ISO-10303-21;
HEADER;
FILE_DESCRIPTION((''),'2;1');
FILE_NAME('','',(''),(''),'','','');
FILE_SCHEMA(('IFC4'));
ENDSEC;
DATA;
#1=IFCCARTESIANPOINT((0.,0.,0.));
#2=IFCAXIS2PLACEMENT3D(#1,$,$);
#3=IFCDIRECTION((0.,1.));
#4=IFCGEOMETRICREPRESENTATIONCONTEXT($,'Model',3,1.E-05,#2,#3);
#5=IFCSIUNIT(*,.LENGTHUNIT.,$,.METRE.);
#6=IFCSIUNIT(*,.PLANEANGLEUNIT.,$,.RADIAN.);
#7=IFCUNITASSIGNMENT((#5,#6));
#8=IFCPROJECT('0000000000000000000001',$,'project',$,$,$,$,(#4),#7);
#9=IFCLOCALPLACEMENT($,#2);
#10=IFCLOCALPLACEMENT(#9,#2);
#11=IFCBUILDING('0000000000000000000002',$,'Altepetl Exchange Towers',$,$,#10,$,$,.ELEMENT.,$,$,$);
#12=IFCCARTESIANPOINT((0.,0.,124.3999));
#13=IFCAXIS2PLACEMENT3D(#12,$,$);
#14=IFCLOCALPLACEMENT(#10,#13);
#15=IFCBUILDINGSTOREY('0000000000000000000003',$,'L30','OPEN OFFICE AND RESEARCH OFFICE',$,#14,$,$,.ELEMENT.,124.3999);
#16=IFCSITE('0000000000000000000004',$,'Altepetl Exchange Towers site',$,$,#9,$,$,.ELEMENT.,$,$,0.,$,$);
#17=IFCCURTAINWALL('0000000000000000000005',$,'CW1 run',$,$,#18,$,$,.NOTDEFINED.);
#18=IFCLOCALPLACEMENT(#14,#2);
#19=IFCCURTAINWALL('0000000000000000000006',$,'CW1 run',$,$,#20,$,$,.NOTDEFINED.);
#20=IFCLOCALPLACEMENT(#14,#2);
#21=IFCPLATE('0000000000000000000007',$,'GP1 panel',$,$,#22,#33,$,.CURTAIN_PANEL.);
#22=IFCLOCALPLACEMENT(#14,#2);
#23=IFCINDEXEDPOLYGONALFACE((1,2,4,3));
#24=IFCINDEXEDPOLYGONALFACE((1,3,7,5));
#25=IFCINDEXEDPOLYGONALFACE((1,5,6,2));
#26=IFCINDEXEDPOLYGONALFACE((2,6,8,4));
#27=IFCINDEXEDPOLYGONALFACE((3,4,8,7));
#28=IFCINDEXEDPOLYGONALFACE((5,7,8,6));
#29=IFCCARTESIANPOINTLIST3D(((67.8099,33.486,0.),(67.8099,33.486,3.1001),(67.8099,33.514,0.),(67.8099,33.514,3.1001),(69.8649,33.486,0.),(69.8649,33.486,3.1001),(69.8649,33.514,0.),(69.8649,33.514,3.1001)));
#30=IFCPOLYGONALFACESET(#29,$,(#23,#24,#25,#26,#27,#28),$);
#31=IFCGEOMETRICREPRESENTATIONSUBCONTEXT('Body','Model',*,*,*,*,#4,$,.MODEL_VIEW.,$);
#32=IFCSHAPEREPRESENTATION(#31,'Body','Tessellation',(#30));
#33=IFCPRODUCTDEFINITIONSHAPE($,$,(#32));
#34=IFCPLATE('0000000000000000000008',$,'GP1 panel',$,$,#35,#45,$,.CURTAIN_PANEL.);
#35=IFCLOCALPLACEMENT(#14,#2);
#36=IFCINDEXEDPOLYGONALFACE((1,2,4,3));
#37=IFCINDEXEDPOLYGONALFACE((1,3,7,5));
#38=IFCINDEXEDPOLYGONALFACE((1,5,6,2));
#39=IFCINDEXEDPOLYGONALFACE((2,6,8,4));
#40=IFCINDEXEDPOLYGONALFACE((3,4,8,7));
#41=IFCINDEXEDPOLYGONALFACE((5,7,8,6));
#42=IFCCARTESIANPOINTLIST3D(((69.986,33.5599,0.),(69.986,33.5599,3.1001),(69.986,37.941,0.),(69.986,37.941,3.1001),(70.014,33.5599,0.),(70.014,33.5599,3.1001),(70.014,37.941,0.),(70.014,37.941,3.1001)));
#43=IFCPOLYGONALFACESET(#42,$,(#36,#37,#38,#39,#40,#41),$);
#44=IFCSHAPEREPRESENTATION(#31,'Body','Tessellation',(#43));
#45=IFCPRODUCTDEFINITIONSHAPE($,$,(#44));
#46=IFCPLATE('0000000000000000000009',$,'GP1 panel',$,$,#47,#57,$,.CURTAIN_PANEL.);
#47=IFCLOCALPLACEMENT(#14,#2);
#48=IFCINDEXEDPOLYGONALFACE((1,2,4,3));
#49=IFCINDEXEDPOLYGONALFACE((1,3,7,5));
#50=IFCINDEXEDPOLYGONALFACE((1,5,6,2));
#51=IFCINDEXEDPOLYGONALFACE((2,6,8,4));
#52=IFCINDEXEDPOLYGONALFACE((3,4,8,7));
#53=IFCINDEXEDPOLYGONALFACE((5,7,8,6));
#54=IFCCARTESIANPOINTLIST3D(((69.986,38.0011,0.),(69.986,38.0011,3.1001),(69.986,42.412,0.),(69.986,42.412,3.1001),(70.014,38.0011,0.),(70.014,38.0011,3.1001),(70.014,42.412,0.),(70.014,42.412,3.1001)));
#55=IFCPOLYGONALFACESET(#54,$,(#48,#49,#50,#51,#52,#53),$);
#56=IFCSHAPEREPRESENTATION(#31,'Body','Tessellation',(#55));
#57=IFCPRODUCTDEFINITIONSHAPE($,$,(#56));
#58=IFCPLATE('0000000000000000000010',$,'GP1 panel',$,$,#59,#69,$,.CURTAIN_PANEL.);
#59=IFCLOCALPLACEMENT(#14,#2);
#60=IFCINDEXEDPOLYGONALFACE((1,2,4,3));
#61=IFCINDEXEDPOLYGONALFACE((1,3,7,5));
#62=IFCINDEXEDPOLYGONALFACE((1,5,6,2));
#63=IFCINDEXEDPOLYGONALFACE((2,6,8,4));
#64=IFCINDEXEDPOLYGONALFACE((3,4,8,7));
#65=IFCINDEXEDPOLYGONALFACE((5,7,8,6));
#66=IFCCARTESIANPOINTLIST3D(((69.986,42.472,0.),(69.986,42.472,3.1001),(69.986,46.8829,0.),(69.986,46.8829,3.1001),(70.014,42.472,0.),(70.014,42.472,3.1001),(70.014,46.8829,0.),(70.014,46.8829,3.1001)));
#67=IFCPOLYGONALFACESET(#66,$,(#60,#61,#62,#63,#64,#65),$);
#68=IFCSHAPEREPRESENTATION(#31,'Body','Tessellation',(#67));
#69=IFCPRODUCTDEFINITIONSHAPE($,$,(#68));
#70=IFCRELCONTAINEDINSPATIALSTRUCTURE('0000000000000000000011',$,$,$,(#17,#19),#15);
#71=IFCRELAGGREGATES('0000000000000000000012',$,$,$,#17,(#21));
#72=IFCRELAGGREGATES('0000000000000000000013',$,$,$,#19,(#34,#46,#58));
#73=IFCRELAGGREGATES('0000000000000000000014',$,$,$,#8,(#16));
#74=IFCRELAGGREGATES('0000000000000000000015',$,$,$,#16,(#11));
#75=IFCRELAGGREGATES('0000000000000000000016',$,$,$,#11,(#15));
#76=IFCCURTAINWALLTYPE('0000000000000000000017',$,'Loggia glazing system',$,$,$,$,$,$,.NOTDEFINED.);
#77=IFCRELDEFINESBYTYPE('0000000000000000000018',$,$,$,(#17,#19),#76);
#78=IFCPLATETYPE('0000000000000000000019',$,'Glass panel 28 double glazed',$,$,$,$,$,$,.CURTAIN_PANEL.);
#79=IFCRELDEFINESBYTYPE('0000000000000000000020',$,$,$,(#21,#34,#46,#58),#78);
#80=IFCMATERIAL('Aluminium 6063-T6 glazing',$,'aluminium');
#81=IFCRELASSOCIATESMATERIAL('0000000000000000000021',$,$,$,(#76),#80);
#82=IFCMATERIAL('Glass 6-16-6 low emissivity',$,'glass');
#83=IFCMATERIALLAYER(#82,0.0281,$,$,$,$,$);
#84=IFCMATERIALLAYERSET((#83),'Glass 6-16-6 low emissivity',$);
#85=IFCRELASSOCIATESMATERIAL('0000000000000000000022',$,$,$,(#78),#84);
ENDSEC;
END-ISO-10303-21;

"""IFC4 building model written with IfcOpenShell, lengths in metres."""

from ifc_helpers import new_model, si_unit, direction, frame, origin, origin_2d, place, context, subcontext, project, spatial, rectangle, extrude, material, layer, layer_set, type_object, element, aggregate, save


model = new_model("IFC4")

# Units and contexts
model_context = context("Model", 3, precision=1e-05, world=origin(), true_north=direction((0.0, 1.0)))
body_context = subcontext(model_context, "Body", "Model", "MODEL_VIEW")
ifc_project = project(units=[si_unit("LENGTHUNIT", "METRE"), si_unit("PLANEANGLEUNIT", "RADIAN")], contexts=[model_context])

# Site, building, storey
site_placement = place(None, origin())
site = spatial("IfcSite", under=ifc_project, at=site_placement, Name="Altepetl Exchange Towers site", CompositionType="ELEMENT", RefElevation=0.0)
building_placement = place(site_placement, origin())
building = spatial("IfcBuilding", under=site, at=building_placement, Name="Altepetl Exchange Towers", CompositionType="ELEMENT")
storey_placement = place(building_placement, frame((0.0, 0.0, 124.3999)))
storey = spatial("IfcBuildingStorey", under=building, at=storey_placement, Name="L30", Description="OPEN OFFICE AND RESEARCH OFFICE", CompositionType="ELEMENT", Elevation=124.3999)

# Curtain walls
ifc_material_1 = material(Name="Aluminium 6063-T6 glazing", Category="aluminium")
curtain_wall_type = type_object("IfcCurtainWallType", Name="Loggia glazing system", PredefinedType="NOTDEFINED", material=ifc_material_1)
curtain_wall_1_placement = place(storey_placement, origin())
curtain_wall_1 = element("IfcCurtainWall", 1, at=curtain_wall_1_placement, inside=storey, type_object=curtain_wall_type, Name="CW1 run", PredefinedType="NOTDEFINED")
curtain_wall_2_placement = place(storey_placement, origin())
curtain_wall_2 = element("IfcCurtainWall", 2, at=curtain_wall_2_placement, inside=storey, type_object=curtain_wall_type, Name="CW1 run", PredefinedType="NOTDEFINED")

# Plates
ifc_material_2 = material(Name="Glass 6-16-6 low emissivity", Category="glass")
ifc_layer = layer(ifc_material_2, 0.0281)
ifc_layer_set = layer_set([ifc_layer], Name="Glass 6-16-6 low emissivity")
plate_type = type_object("IfcPlateType", Name="Glass panel 28 double glazed", PredefinedType="CURTAIN_PANEL", material=ifc_layer_set)
plate_1_placement = place(storey_placement, frame((68.8374, 33.5, 0.0)))
plate_1 = element("IfcPlate", 3, at=plate_1_placement, type_object=plate_type, Name="GP1 panel", PredefinedType="CURTAIN_PANEL", context=body_context, shape_type="SweptSolid", body=[
    extrude(rectangle(XDim=2.0549, YDim=0.0281, at=origin_2d()), origin(), (0.0, 0.0, 1.0), 3.1001),
])
aggregate(curtain_wall_1, [plate_1])
plate_2_placement = place(storey_placement, frame((70.0, 35.7505, 0.0), z_axis=(0.0, 0.0, 1.0), x_axis=(0.0, 1.0, 0.0)))
plate_2 = element("IfcPlate", 4, at=plate_2_placement, type_object=plate_type, Name="GP1 panel", PredefinedType="CURTAIN_PANEL", context=body_context, shape_type="SweptSolid", body=[
    extrude(rectangle(XDim=4.3811, YDim=0.0281, at=origin_2d()), origin(), (0.0, 0.0, 1.0), 3.1001),
])
plate_3_placement = place(storey_placement, frame((70.0, 40.2065, 0.0), z_axis=(0.0, 0.0, 1.0), x_axis=(0.0, 1.0, 0.0)))
plate_3 = element("IfcPlate", 5, at=plate_3_placement, type_object=plate_type, Name="GP1 panel", PredefinedType="CURTAIN_PANEL", context=body_context, shape_type="SweptSolid", body=[
    extrude(rectangle(XDim=4.4109, YDim=0.0281, at=origin_2d()), origin(), (0.0, 0.0, 1.0), 3.1001),
])
plate_4_placement = place(storey_placement, frame((70.0, 44.6775, 0.0), z_axis=(0.0, 0.0, 1.0), x_axis=(0.0, 1.0, 0.0)))
plate_4 = element("IfcPlate", 6, at=plate_4_placement, type_object=plate_type, Name="GP1 panel", PredefinedType="CURTAIN_PANEL", context=body_context, shape_type="SweptSolid", body=[
    extrude(rectangle(XDim=4.4109, YDim=0.0281, at=origin_2d()), origin(), (0.0, 0.0, 1.0), 3.1001),
])
aggregate(curtain_wall_2, [plate_2, plate_3, plate_4])

save(model, "model.ifc")
